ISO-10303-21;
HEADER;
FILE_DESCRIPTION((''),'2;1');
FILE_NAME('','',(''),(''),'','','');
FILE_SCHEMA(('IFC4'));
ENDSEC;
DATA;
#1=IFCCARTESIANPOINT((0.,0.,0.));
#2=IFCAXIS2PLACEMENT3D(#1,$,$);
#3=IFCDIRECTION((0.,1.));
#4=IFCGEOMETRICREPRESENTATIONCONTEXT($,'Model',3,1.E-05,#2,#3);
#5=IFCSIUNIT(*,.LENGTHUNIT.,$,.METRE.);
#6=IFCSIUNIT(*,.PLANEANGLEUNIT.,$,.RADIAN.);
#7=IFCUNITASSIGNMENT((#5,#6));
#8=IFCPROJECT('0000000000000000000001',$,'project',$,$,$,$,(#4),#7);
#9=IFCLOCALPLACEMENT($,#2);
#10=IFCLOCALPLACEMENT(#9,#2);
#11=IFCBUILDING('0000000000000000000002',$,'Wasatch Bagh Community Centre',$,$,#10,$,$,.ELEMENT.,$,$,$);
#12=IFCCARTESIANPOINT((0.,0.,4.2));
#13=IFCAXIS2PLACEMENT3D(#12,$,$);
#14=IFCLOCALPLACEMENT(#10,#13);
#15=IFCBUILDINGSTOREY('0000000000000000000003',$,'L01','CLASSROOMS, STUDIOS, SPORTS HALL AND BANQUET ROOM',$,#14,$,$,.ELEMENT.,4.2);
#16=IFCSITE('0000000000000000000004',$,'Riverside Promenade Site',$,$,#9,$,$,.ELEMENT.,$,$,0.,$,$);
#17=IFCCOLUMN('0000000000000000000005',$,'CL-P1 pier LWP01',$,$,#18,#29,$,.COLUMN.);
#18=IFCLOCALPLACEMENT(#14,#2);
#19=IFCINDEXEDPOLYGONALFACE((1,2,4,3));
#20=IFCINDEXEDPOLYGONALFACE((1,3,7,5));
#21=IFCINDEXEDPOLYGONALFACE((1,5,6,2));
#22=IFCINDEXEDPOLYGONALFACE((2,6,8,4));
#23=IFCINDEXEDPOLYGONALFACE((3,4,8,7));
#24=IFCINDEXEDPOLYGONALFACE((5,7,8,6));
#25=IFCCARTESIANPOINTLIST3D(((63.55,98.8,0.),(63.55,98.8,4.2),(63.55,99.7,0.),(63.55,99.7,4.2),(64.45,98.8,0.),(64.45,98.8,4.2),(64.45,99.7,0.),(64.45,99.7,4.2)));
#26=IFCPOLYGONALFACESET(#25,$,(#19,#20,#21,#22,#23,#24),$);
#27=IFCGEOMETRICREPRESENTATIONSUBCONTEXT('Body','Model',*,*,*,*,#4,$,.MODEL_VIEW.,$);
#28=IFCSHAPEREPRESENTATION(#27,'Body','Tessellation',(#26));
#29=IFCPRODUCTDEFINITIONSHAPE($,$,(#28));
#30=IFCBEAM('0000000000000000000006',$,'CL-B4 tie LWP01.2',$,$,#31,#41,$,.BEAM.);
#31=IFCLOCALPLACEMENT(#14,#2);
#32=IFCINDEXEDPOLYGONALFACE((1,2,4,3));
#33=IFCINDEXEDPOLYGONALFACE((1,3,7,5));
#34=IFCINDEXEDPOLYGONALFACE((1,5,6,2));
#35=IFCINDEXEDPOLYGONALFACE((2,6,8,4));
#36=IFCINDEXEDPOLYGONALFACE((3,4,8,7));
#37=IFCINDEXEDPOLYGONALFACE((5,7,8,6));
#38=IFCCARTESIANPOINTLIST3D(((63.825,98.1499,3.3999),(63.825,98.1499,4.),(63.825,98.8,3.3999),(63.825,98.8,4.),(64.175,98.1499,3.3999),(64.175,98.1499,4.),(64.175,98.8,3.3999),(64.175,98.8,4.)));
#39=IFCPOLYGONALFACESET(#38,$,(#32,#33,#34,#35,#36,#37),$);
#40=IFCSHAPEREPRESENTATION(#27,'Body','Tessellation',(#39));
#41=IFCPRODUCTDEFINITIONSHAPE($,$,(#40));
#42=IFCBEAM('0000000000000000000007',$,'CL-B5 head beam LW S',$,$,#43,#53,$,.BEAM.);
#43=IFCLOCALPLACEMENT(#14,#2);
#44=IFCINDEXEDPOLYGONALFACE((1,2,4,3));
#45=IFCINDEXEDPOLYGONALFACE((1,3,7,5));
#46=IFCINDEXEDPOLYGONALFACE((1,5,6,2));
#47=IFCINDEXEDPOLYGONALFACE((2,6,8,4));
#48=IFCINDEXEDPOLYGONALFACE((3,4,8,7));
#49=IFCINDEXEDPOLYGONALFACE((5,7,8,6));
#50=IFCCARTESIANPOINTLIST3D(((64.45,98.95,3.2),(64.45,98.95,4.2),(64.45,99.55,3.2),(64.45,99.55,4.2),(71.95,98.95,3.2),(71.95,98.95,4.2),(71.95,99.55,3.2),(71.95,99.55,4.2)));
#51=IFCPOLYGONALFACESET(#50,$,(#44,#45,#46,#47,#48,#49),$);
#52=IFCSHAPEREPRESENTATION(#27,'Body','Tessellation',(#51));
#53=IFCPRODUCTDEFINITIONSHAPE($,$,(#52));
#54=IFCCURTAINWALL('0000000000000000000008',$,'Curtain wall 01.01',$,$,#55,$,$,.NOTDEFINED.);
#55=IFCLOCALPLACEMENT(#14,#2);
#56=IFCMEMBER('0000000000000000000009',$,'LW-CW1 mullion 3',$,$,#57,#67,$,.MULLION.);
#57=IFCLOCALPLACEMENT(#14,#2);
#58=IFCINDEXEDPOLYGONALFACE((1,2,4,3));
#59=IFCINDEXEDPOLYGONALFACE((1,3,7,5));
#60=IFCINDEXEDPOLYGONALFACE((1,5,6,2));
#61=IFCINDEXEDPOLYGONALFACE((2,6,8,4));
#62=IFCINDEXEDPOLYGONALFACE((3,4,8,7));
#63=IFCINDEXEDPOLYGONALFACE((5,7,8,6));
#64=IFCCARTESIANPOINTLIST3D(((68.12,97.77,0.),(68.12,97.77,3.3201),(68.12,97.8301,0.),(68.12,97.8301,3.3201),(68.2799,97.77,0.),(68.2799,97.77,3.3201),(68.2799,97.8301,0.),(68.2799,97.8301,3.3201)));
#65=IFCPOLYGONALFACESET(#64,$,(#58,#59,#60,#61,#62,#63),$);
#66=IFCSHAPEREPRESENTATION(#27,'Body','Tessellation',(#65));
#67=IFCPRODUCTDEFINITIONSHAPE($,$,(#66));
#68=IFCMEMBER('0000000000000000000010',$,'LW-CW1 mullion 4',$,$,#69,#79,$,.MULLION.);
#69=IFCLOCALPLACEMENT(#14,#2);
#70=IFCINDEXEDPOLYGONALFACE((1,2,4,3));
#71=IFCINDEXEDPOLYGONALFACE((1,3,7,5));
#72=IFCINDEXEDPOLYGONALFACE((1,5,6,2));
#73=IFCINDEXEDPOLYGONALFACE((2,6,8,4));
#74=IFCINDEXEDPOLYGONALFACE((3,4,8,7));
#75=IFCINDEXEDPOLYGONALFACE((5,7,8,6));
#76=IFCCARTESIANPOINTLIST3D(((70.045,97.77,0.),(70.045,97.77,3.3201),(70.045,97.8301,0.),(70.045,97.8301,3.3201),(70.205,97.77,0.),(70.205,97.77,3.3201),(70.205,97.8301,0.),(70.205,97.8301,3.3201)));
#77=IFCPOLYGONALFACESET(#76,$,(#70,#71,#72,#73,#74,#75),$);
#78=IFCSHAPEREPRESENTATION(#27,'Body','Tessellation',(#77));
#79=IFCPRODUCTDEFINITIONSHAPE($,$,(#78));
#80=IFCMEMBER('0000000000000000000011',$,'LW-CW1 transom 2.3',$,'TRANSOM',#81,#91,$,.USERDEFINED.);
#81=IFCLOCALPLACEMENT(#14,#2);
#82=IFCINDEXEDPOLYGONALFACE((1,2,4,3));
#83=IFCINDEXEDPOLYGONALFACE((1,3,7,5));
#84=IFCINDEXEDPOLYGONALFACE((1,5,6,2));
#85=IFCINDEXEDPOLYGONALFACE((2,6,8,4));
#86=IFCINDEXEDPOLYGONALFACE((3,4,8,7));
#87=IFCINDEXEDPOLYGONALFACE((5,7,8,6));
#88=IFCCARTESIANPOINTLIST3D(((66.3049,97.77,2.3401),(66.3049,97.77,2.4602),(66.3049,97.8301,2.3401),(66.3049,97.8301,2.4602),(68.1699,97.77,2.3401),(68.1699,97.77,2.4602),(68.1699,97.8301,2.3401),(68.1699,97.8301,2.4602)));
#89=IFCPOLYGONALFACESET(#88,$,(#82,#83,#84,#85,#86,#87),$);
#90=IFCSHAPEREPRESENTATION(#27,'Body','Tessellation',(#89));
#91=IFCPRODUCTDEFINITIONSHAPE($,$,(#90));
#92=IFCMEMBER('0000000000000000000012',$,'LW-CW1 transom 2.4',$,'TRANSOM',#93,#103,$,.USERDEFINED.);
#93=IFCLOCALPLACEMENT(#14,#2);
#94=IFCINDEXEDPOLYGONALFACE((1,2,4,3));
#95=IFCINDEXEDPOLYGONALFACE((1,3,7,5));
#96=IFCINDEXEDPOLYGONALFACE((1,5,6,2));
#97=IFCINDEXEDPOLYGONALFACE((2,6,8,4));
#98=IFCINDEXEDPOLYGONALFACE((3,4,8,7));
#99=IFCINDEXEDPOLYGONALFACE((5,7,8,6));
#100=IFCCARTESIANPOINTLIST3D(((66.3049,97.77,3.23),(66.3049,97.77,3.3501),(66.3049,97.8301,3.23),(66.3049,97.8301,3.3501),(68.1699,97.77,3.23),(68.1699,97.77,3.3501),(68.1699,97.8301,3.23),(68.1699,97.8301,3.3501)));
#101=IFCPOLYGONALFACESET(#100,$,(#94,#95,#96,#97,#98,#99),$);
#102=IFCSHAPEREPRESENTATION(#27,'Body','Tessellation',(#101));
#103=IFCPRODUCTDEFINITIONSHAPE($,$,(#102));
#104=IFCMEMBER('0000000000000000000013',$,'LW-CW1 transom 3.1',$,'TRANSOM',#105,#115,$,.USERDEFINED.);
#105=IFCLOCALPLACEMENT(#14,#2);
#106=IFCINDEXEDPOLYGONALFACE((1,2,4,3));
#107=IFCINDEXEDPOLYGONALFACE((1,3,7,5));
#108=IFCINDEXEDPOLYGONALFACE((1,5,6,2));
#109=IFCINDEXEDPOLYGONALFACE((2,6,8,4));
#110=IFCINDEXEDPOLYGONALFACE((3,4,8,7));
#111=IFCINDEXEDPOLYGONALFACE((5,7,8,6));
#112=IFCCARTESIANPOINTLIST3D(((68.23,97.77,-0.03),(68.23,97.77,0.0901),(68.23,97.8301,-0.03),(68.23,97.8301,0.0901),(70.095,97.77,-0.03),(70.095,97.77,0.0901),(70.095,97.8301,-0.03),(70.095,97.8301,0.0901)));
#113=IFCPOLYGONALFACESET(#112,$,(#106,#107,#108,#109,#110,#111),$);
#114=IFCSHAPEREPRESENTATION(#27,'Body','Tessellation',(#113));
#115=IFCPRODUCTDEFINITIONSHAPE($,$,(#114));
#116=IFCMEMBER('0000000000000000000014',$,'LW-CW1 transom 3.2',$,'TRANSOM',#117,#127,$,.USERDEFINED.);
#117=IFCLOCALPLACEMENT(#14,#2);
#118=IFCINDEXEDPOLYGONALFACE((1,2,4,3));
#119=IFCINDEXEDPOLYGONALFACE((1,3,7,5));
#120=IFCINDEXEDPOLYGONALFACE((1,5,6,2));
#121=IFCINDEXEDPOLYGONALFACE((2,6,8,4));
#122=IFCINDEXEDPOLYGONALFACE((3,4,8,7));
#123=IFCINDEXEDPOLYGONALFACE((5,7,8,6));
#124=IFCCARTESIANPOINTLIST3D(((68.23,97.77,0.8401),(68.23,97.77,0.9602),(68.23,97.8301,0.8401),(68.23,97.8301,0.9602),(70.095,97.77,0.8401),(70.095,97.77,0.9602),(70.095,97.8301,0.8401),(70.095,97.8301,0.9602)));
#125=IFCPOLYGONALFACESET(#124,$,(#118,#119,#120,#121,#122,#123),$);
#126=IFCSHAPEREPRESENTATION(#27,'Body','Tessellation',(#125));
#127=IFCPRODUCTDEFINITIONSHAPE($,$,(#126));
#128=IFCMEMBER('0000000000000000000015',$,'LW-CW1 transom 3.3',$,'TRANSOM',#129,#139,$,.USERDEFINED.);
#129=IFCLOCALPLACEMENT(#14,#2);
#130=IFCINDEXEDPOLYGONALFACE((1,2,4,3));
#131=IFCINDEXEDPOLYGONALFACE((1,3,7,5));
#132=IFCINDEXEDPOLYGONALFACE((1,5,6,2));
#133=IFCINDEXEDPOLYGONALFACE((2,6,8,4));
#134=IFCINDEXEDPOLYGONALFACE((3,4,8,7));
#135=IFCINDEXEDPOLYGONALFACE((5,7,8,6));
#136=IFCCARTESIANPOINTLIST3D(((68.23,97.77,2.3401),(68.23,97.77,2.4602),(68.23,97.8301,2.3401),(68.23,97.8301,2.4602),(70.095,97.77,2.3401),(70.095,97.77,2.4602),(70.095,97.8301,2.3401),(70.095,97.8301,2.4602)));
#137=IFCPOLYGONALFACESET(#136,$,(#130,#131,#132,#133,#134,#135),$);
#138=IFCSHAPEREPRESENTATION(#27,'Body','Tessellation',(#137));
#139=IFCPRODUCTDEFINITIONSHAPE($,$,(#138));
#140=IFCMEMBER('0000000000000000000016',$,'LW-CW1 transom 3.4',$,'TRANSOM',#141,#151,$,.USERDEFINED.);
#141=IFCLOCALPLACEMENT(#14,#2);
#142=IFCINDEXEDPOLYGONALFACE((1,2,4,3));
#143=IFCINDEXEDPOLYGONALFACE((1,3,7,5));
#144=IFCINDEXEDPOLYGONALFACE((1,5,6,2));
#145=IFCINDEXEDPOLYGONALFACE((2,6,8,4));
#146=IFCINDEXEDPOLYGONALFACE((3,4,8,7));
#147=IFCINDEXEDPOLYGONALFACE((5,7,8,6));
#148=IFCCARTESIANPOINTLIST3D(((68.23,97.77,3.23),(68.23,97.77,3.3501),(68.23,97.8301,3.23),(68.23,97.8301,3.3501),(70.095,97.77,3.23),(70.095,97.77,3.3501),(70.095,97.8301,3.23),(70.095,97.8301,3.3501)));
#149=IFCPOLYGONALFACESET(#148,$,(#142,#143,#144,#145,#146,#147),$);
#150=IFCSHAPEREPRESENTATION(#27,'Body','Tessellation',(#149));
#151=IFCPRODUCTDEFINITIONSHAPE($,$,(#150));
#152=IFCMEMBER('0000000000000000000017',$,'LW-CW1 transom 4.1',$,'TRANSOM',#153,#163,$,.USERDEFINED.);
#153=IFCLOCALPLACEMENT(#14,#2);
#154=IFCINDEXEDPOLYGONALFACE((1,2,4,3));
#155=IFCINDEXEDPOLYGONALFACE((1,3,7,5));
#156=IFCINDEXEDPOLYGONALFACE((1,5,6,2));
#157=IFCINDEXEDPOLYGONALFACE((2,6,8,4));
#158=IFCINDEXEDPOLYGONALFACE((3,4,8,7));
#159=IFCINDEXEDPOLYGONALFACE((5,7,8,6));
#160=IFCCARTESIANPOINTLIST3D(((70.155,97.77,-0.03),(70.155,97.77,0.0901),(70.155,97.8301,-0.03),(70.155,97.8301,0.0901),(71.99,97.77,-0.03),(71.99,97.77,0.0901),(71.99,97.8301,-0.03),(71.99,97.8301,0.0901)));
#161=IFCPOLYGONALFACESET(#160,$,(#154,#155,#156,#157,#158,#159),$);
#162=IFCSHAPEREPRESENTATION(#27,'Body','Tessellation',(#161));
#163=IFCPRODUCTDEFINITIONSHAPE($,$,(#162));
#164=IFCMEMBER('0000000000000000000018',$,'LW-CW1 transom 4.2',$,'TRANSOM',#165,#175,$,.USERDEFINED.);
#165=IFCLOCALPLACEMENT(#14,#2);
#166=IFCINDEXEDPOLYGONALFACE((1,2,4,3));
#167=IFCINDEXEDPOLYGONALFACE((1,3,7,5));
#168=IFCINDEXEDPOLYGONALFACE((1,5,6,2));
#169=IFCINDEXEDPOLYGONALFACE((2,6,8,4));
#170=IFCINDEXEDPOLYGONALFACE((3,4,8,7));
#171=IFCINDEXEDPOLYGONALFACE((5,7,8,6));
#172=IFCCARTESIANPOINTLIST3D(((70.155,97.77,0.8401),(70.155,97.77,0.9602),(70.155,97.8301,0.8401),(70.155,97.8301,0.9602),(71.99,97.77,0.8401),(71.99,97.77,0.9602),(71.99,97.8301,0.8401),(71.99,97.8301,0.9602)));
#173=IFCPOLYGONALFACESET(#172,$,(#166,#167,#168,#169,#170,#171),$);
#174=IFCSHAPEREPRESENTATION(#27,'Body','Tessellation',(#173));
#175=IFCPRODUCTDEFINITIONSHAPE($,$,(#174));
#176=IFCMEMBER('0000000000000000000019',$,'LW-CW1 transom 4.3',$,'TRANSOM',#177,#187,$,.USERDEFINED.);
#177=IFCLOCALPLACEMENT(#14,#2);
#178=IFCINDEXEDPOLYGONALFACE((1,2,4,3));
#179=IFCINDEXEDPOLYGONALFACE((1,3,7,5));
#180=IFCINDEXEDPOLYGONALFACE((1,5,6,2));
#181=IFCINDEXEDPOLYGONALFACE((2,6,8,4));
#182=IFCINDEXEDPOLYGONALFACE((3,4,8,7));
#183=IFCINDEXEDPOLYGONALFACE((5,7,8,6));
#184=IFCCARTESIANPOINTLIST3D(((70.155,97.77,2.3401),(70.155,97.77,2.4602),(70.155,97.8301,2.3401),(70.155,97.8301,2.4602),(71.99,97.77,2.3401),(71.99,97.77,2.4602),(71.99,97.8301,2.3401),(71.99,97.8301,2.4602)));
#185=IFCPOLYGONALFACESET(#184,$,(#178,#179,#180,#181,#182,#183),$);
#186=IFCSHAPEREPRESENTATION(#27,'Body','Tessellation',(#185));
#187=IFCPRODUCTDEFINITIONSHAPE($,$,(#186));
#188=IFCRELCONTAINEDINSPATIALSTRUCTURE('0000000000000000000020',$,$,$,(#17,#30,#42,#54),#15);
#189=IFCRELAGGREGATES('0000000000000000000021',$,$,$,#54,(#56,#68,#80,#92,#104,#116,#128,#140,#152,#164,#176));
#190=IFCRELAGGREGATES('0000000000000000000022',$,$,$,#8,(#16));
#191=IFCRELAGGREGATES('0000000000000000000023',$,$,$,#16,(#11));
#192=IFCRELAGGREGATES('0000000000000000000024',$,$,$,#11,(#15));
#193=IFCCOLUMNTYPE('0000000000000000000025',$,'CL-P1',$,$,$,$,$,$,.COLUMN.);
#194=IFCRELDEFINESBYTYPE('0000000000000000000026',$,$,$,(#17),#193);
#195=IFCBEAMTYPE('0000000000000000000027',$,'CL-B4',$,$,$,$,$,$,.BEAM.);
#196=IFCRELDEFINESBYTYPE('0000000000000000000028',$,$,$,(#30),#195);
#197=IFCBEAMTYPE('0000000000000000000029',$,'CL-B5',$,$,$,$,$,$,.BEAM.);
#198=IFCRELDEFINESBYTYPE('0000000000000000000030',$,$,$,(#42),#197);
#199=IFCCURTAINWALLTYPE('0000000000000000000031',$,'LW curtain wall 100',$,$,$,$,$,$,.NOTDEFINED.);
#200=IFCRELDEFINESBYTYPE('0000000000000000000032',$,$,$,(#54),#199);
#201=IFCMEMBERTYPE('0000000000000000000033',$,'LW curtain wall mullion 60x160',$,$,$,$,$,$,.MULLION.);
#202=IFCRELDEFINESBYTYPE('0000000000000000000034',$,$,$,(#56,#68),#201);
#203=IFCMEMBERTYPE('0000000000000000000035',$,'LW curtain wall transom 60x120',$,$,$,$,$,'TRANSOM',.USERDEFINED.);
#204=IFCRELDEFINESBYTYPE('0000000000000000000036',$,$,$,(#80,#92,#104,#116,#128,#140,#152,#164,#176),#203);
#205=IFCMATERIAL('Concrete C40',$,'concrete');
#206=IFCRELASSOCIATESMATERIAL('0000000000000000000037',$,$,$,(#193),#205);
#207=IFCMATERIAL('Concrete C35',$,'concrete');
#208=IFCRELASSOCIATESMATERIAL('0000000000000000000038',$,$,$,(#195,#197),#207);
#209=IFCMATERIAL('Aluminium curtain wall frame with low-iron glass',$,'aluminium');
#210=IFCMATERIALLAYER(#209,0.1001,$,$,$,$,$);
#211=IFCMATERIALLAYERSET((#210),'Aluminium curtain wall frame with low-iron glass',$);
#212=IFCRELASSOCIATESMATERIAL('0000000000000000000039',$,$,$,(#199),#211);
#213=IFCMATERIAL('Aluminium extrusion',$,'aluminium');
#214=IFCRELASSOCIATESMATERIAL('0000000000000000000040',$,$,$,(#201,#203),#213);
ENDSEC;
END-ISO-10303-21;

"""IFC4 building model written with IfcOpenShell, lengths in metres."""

from ifc_helpers import new_model, si_unit, direction, frame, origin, origin_2d, place, context, subcontext, project, spatial, rectangle, extrude, material, layer, layer_set, material_profile, profile_set, type_object, element, aggregate, save


model = new_model("IFC4")

# Units and contexts
model_context = context("Model", 3, precision=1e-05, world=origin(), true_north=direction((0.0, 1.0)))
body_context = subcontext(model_context, "Body", "Model", "MODEL_VIEW")
ifc_project = project(units=[si_unit("LENGTHUNIT", "METRE"), si_unit("PLANEANGLEUNIT", "RADIAN")], contexts=[model_context])

# Site, building, storey
site_placement = place(None, origin())
site = spatial("IfcSite", under=ifc_project, at=site_placement, Name="Riverside Promenade Site", CompositionType="ELEMENT", RefElevation=0.0)
building_placement = place(site_placement, origin())
building = spatial("IfcBuilding", under=site, at=building_placement, Name="Wasatch Bagh Community Centre", CompositionType="ELEMENT")
storey_placement = place(building_placement, frame((0.0, 0.0, 4.2)))
storey = spatial("IfcBuildingStorey", under=building, at=storey_placement, Name="L01", Description="CLASSROOMS, STUDIOS, SPORTS HALL AND BANQUET ROOM", CompositionType="ELEMENT", Elevation=4.2)

# Column
ifc_material_1 = material(Name="Concrete C40", Category="concrete")
ifc_material_profile_1 = material_profile(ifc_material_1, rectangle(XDim=0.8999, YDim=0.8999, at=origin_2d()), Name="RC 900x900")
ifc_profile_set_1 = profile_set([ifc_material_profile_1], Name="Concrete C40")
column_type = type_object("IfcColumnType", Name="CL-P1", PredefinedType="COLUMN", material=ifc_profile_set_1)
column_placement = place(storey_placement, frame((64.0, 99.25, 0.0), z_axis=(0.0, 0.0, 1.0), x_axis=(1.0, 0.0, 0.0)))
element("IfcColumn", 1, at=column_placement, inside=storey, type_object=column_type, Name="CL-P1 pier LWP01", PredefinedType="COLUMN", context=body_context, shape_type="SweptSolid", body=[
    extrude(rectangle(XDim=0.8999, YDim=0.8999, at=origin_2d()), origin(), (0.0, 0.0, 1.0), 4.2),
])

# Beams
ifc_material_2 = material(Name="Concrete C35", Category="concrete")
ifc_material_profile_2 = material_profile(ifc_material_2, rectangle(XDim=0.3501, YDim=0.6001, at=origin_2d()), Name="RC 350x600")
ifc_profile_set_2 = profile_set([ifc_material_profile_2], Name="Concrete C35")
beam_type_1 = type_object("IfcBeamType", Name="CL-B4", PredefinedType="BEAM", material=ifc_profile_set_2)
beam_1_placement = place(storey_placement, frame((64.0, 98.1499, 3.7), z_axis=(0.0, 1.0, 0.0), x_axis=(-1.0, 0.0, 0.0)))
element("IfcBeam", 2, at=beam_1_placement, inside=storey, type_object=beam_type_1, Name="CL-B4 tie LWP01.2", PredefinedType="BEAM", context=body_context, shape_type="SweptSolid", body=[
    extrude(rectangle(XDim=0.3501, YDim=0.6001, at=origin_2d()), origin(), (0.0, 0.0, 1.0), 0.6501),
])
ifc_material_profile_3 = material_profile(ifc_material_2, rectangle(XDim=0.6001, YDim=1.0, at=origin_2d()), Name="RC 600x1000")
ifc_profile_set_3 = profile_set([ifc_material_profile_3], Name="Concrete C35")
beam_type_2 = type_object("IfcBeamType", Name="CL-B5", PredefinedType="BEAM", material=ifc_profile_set_3)
beam_2_placement = place(storey_placement, frame((64.45, 99.25, 3.7), z_axis=(1.0, 0.0, 0.0), x_axis=(0.0, 1.0, 0.0)))
element("IfcBeam", 3, at=beam_2_placement, inside=storey, type_object=beam_type_2, Name="CL-B5 head beam LW S", PredefinedType="BEAM", context=body_context, shape_type="SweptSolid", body=[
    extrude(rectangle(XDim=0.6001, YDim=1.0, at=origin_2d()), origin(), (0.0, 0.0, 1.0), 7.5),
])

# Curtain wall, members
ifc_material_3 = material(Name="Aluminium curtain wall frame with low-iron glass", Category="aluminium")
ifc_layer_1 = layer(ifc_material_3, 0.1001)
ifc_layer_set_1 = layer_set([ifc_layer_1], Name="Aluminium curtain wall frame with low-iron glass")
curtain_wall_type = type_object("IfcCurtainWallType", Name="LW curtain wall 100", PredefinedType="NOTDEFINED", material=ifc_layer_set_1)
curtain_wall_placement = place(storey_placement, origin())
curtain_wall = element("IfcCurtainWall", 4, at=curtain_wall_placement, inside=storey, type_object=curtain_wall_type, Name="Curtain wall 01.01", PredefinedType="NOTDEFINED")
ifc_material_4 = material(Name="Aluminium extrusion", Category="aluminium")
ifc_material_profile_4 = material_profile(ifc_material_4, rectangle(XDim=0.0601, YDim=0.1599, at=origin_2d()), Name="AL 60x160")
ifc_profile_set_4 = profile_set([ifc_material_profile_4], Name="Aluminium extrusion")
member_type_1 = type_object("IfcMemberType", Name="LW curtain wall mullion 60x160", PredefinedType="MULLION", material=ifc_profile_set_4)
member_1_placement = place(storey_placement, frame((68.2, 97.8, 0.0), z_axis=(0.0, 0.0, 1.0), x_axis=(0.0, 1.0, 0.0)))
member_1 = element("IfcMember", 5, at=member_1_placement, type_object=member_type_1, Name="LW-CW1 mullion 3", PredefinedType="MULLION", context=body_context, shape_type="SweptSolid", body=[
    extrude(rectangle(XDim=0.0601, YDim=0.1599, at=origin_2d()), origin(), (0.0, 0.0, 1.0), 3.3201),
])
member_2_placement = place(storey_placement, frame((70.125, 97.8, 0.0), z_axis=(0.0, 0.0, 1.0), x_axis=(0.0, 1.0, 0.0)))
member_2 = element("IfcMember", 6, at=member_2_placement, type_object=member_type_1, Name="LW-CW1 mullion 4", PredefinedType="MULLION", context=body_context, shape_type="SweptSolid", body=[
    extrude(rectangle(XDim=0.0601, YDim=0.1599, at=origin_2d()), origin(), (0.0, 0.0, 1.0), 3.3201),
])
ifc_material_profile_5 = material_profile(ifc_material_4, rectangle(XDim=0.0601, YDim=0.1201, at=origin_2d()), Name="AL 60x120")
ifc_profile_set_5 = profile_set([ifc_material_profile_5], Name="Aluminium extrusion")
member_type_2 = type_object("IfcMemberType", Name="LW curtain wall transom 60x120", ElementType="TRANSOM", PredefinedType="USERDEFINED", material=ifc_profile_set_5)
member_3_placement = place(storey_placement, frame((66.3049, 97.8, 2.4001), z_axis=(1.0, 0.0, 0.0), x_axis=(0.0, 1.0, 0.0)))
member_3 = element("IfcMember", 7, at=member_3_placement, type_object=member_type_2, Name="LW-CW1 transom 2.3", ObjectType="TRANSOM", PredefinedType="USERDEFINED", context=body_context, shape_type="SweptSolid", body=[
    extrude(rectangle(XDim=0.0601, YDim=0.1201, at=origin_2d()), origin(), (0.0, 0.0, 1.0), 1.865),
])
member_4_placement = place(storey_placement, frame((66.3049, 97.8, 3.29), z_axis=(1.0, 0.0, 0.0), x_axis=(0.0, 1.0, 0.0)))
member_4 = element("IfcMember", 8, at=member_4_placement, type_object=member_type_2, Name="LW-CW1 transom 2.4", ObjectType="TRANSOM", PredefinedType="USERDEFINED", context=body_context, shape_type="SweptSolid", body=[
    extrude(rectangle(XDim=0.0601, YDim=0.1201, at=origin_2d()), origin(), (0.0, 0.0, 1.0), 1.865),
])
member_5_placement = place(storey_placement, frame((68.23, 97.8, 0.03), z_axis=(1.0, 0.0, 0.0), x_axis=(0.0, 1.0, 0.0)))
member_5 = element("IfcMember", 9, at=member_5_placement, type_object=member_type_2, Name="LW-CW1 transom 3.1", ObjectType="TRANSOM", PredefinedType="USERDEFINED", context=body_context, shape_type="SweptSolid", body=[
    extrude(rectangle(XDim=0.0601, YDim=0.1201, at=origin_2d()), origin(), (0.0, 0.0, 1.0), 1.865),
])
member_6_placement = place(storey_placement, frame((68.23, 97.8, 0.9001), z_axis=(1.0, 0.0, 0.0), x_axis=(0.0, 1.0, 0.0)))
member_6 = element("IfcMember", 10, at=member_6_placement, type_object=member_type_2, Name="LW-CW1 transom 3.2", ObjectType="TRANSOM", PredefinedType="USERDEFINED", context=body_context, shape_type="SweptSolid", body=[
    extrude(rectangle(XDim=0.0601, YDim=0.1201, at=origin_2d()), origin(), (0.0, 0.0, 1.0), 1.865),
])
member_7_placement = place(storey_placement, frame((68.23, 97.8, 2.4001), z_axis=(1.0, 0.0, 0.0), x_axis=(0.0, 1.0, 0.0)))
member_7 = element("IfcMember", 11, at=member_7_placement, type_object=member_type_2, Name="LW-CW1 transom 3.3", ObjectType="TRANSOM", PredefinedType="USERDEFINED", context=body_context, shape_type="SweptSolid", body=[
    extrude(rectangle(XDim=0.0601, YDim=0.1201, at=origin_2d()), origin(), (0.0, 0.0, 1.0), 1.865),
])
member_8_placement = place(storey_placement, frame((68.23, 97.8, 3.29), z_axis=(1.0, 0.0, 0.0), x_axis=(0.0, 1.0, 0.0)))
member_8 = element("IfcMember", 12, at=member_8_placement, type_object=member_type_2, Name="LW-CW1 transom 3.4", ObjectType="TRANSOM", PredefinedType="USERDEFINED", context=body_context, shape_type="SweptSolid", body=[
    extrude(rectangle(XDim=0.0601, YDim=0.1201, at=origin_2d()), origin(), (0.0, 0.0, 1.0), 1.865),
])
member_9_placement = place(storey_placement, frame((70.155, 97.8, 0.03), z_axis=(1.0, 0.0, 0.0), x_axis=(0.0, 1.0, 0.0)))
member_9 = element("IfcMember", 13, at=member_9_placement, type_object=member_type_2, Name="LW-CW1 transom 4.1", ObjectType="TRANSOM", PredefinedType="USERDEFINED", context=body_context, shape_type="SweptSolid", body=[
    extrude(rectangle(XDim=0.0601, YDim=0.1201, at=origin_2d()), origin(), (0.0, 0.0, 1.0), 1.835),
])
member_10_placement = place(storey_placement, frame((70.155, 97.8, 0.9001), z_axis=(1.0, 0.0, 0.0), x_axis=(0.0, 1.0, 0.0)))
member_10 = element("IfcMember", 14, at=member_10_placement, type_object=member_type_2, Name="LW-CW1 transom 4.2", ObjectType="TRANSOM", PredefinedType="USERDEFINED", context=body_context, shape_type="SweptSolid", body=[
    extrude(rectangle(XDim=0.0601, YDim=0.1201, at=origin_2d()), origin(), (0.0, 0.0, 1.0), 1.835),
])
member_11_placement = place(storey_placement, frame((70.155, 97.8, 2.4001), z_axis=(1.0, 0.0, 0.0), x_axis=(0.0, 1.0, 0.0)))
member_11 = element("IfcMember", 15, at=member_11_placement, type_object=member_type_2, Name="LW-CW1 transom 4.3", ObjectType="TRANSOM", PredefinedType="USERDEFINED", context=body_context, shape_type="SweptSolid", body=[
    extrude(rectangle(XDim=0.0601, YDim=0.1201, at=origin_2d()), origin(), (0.0, 0.0, 1.0), 1.835),
])
aggregate(curtain_wall, [member_1, member_2, member_3, member_4, member_5, member_6, member_7, member_8, member_9, member_10, member_11])

save(model, "model.ifc")
